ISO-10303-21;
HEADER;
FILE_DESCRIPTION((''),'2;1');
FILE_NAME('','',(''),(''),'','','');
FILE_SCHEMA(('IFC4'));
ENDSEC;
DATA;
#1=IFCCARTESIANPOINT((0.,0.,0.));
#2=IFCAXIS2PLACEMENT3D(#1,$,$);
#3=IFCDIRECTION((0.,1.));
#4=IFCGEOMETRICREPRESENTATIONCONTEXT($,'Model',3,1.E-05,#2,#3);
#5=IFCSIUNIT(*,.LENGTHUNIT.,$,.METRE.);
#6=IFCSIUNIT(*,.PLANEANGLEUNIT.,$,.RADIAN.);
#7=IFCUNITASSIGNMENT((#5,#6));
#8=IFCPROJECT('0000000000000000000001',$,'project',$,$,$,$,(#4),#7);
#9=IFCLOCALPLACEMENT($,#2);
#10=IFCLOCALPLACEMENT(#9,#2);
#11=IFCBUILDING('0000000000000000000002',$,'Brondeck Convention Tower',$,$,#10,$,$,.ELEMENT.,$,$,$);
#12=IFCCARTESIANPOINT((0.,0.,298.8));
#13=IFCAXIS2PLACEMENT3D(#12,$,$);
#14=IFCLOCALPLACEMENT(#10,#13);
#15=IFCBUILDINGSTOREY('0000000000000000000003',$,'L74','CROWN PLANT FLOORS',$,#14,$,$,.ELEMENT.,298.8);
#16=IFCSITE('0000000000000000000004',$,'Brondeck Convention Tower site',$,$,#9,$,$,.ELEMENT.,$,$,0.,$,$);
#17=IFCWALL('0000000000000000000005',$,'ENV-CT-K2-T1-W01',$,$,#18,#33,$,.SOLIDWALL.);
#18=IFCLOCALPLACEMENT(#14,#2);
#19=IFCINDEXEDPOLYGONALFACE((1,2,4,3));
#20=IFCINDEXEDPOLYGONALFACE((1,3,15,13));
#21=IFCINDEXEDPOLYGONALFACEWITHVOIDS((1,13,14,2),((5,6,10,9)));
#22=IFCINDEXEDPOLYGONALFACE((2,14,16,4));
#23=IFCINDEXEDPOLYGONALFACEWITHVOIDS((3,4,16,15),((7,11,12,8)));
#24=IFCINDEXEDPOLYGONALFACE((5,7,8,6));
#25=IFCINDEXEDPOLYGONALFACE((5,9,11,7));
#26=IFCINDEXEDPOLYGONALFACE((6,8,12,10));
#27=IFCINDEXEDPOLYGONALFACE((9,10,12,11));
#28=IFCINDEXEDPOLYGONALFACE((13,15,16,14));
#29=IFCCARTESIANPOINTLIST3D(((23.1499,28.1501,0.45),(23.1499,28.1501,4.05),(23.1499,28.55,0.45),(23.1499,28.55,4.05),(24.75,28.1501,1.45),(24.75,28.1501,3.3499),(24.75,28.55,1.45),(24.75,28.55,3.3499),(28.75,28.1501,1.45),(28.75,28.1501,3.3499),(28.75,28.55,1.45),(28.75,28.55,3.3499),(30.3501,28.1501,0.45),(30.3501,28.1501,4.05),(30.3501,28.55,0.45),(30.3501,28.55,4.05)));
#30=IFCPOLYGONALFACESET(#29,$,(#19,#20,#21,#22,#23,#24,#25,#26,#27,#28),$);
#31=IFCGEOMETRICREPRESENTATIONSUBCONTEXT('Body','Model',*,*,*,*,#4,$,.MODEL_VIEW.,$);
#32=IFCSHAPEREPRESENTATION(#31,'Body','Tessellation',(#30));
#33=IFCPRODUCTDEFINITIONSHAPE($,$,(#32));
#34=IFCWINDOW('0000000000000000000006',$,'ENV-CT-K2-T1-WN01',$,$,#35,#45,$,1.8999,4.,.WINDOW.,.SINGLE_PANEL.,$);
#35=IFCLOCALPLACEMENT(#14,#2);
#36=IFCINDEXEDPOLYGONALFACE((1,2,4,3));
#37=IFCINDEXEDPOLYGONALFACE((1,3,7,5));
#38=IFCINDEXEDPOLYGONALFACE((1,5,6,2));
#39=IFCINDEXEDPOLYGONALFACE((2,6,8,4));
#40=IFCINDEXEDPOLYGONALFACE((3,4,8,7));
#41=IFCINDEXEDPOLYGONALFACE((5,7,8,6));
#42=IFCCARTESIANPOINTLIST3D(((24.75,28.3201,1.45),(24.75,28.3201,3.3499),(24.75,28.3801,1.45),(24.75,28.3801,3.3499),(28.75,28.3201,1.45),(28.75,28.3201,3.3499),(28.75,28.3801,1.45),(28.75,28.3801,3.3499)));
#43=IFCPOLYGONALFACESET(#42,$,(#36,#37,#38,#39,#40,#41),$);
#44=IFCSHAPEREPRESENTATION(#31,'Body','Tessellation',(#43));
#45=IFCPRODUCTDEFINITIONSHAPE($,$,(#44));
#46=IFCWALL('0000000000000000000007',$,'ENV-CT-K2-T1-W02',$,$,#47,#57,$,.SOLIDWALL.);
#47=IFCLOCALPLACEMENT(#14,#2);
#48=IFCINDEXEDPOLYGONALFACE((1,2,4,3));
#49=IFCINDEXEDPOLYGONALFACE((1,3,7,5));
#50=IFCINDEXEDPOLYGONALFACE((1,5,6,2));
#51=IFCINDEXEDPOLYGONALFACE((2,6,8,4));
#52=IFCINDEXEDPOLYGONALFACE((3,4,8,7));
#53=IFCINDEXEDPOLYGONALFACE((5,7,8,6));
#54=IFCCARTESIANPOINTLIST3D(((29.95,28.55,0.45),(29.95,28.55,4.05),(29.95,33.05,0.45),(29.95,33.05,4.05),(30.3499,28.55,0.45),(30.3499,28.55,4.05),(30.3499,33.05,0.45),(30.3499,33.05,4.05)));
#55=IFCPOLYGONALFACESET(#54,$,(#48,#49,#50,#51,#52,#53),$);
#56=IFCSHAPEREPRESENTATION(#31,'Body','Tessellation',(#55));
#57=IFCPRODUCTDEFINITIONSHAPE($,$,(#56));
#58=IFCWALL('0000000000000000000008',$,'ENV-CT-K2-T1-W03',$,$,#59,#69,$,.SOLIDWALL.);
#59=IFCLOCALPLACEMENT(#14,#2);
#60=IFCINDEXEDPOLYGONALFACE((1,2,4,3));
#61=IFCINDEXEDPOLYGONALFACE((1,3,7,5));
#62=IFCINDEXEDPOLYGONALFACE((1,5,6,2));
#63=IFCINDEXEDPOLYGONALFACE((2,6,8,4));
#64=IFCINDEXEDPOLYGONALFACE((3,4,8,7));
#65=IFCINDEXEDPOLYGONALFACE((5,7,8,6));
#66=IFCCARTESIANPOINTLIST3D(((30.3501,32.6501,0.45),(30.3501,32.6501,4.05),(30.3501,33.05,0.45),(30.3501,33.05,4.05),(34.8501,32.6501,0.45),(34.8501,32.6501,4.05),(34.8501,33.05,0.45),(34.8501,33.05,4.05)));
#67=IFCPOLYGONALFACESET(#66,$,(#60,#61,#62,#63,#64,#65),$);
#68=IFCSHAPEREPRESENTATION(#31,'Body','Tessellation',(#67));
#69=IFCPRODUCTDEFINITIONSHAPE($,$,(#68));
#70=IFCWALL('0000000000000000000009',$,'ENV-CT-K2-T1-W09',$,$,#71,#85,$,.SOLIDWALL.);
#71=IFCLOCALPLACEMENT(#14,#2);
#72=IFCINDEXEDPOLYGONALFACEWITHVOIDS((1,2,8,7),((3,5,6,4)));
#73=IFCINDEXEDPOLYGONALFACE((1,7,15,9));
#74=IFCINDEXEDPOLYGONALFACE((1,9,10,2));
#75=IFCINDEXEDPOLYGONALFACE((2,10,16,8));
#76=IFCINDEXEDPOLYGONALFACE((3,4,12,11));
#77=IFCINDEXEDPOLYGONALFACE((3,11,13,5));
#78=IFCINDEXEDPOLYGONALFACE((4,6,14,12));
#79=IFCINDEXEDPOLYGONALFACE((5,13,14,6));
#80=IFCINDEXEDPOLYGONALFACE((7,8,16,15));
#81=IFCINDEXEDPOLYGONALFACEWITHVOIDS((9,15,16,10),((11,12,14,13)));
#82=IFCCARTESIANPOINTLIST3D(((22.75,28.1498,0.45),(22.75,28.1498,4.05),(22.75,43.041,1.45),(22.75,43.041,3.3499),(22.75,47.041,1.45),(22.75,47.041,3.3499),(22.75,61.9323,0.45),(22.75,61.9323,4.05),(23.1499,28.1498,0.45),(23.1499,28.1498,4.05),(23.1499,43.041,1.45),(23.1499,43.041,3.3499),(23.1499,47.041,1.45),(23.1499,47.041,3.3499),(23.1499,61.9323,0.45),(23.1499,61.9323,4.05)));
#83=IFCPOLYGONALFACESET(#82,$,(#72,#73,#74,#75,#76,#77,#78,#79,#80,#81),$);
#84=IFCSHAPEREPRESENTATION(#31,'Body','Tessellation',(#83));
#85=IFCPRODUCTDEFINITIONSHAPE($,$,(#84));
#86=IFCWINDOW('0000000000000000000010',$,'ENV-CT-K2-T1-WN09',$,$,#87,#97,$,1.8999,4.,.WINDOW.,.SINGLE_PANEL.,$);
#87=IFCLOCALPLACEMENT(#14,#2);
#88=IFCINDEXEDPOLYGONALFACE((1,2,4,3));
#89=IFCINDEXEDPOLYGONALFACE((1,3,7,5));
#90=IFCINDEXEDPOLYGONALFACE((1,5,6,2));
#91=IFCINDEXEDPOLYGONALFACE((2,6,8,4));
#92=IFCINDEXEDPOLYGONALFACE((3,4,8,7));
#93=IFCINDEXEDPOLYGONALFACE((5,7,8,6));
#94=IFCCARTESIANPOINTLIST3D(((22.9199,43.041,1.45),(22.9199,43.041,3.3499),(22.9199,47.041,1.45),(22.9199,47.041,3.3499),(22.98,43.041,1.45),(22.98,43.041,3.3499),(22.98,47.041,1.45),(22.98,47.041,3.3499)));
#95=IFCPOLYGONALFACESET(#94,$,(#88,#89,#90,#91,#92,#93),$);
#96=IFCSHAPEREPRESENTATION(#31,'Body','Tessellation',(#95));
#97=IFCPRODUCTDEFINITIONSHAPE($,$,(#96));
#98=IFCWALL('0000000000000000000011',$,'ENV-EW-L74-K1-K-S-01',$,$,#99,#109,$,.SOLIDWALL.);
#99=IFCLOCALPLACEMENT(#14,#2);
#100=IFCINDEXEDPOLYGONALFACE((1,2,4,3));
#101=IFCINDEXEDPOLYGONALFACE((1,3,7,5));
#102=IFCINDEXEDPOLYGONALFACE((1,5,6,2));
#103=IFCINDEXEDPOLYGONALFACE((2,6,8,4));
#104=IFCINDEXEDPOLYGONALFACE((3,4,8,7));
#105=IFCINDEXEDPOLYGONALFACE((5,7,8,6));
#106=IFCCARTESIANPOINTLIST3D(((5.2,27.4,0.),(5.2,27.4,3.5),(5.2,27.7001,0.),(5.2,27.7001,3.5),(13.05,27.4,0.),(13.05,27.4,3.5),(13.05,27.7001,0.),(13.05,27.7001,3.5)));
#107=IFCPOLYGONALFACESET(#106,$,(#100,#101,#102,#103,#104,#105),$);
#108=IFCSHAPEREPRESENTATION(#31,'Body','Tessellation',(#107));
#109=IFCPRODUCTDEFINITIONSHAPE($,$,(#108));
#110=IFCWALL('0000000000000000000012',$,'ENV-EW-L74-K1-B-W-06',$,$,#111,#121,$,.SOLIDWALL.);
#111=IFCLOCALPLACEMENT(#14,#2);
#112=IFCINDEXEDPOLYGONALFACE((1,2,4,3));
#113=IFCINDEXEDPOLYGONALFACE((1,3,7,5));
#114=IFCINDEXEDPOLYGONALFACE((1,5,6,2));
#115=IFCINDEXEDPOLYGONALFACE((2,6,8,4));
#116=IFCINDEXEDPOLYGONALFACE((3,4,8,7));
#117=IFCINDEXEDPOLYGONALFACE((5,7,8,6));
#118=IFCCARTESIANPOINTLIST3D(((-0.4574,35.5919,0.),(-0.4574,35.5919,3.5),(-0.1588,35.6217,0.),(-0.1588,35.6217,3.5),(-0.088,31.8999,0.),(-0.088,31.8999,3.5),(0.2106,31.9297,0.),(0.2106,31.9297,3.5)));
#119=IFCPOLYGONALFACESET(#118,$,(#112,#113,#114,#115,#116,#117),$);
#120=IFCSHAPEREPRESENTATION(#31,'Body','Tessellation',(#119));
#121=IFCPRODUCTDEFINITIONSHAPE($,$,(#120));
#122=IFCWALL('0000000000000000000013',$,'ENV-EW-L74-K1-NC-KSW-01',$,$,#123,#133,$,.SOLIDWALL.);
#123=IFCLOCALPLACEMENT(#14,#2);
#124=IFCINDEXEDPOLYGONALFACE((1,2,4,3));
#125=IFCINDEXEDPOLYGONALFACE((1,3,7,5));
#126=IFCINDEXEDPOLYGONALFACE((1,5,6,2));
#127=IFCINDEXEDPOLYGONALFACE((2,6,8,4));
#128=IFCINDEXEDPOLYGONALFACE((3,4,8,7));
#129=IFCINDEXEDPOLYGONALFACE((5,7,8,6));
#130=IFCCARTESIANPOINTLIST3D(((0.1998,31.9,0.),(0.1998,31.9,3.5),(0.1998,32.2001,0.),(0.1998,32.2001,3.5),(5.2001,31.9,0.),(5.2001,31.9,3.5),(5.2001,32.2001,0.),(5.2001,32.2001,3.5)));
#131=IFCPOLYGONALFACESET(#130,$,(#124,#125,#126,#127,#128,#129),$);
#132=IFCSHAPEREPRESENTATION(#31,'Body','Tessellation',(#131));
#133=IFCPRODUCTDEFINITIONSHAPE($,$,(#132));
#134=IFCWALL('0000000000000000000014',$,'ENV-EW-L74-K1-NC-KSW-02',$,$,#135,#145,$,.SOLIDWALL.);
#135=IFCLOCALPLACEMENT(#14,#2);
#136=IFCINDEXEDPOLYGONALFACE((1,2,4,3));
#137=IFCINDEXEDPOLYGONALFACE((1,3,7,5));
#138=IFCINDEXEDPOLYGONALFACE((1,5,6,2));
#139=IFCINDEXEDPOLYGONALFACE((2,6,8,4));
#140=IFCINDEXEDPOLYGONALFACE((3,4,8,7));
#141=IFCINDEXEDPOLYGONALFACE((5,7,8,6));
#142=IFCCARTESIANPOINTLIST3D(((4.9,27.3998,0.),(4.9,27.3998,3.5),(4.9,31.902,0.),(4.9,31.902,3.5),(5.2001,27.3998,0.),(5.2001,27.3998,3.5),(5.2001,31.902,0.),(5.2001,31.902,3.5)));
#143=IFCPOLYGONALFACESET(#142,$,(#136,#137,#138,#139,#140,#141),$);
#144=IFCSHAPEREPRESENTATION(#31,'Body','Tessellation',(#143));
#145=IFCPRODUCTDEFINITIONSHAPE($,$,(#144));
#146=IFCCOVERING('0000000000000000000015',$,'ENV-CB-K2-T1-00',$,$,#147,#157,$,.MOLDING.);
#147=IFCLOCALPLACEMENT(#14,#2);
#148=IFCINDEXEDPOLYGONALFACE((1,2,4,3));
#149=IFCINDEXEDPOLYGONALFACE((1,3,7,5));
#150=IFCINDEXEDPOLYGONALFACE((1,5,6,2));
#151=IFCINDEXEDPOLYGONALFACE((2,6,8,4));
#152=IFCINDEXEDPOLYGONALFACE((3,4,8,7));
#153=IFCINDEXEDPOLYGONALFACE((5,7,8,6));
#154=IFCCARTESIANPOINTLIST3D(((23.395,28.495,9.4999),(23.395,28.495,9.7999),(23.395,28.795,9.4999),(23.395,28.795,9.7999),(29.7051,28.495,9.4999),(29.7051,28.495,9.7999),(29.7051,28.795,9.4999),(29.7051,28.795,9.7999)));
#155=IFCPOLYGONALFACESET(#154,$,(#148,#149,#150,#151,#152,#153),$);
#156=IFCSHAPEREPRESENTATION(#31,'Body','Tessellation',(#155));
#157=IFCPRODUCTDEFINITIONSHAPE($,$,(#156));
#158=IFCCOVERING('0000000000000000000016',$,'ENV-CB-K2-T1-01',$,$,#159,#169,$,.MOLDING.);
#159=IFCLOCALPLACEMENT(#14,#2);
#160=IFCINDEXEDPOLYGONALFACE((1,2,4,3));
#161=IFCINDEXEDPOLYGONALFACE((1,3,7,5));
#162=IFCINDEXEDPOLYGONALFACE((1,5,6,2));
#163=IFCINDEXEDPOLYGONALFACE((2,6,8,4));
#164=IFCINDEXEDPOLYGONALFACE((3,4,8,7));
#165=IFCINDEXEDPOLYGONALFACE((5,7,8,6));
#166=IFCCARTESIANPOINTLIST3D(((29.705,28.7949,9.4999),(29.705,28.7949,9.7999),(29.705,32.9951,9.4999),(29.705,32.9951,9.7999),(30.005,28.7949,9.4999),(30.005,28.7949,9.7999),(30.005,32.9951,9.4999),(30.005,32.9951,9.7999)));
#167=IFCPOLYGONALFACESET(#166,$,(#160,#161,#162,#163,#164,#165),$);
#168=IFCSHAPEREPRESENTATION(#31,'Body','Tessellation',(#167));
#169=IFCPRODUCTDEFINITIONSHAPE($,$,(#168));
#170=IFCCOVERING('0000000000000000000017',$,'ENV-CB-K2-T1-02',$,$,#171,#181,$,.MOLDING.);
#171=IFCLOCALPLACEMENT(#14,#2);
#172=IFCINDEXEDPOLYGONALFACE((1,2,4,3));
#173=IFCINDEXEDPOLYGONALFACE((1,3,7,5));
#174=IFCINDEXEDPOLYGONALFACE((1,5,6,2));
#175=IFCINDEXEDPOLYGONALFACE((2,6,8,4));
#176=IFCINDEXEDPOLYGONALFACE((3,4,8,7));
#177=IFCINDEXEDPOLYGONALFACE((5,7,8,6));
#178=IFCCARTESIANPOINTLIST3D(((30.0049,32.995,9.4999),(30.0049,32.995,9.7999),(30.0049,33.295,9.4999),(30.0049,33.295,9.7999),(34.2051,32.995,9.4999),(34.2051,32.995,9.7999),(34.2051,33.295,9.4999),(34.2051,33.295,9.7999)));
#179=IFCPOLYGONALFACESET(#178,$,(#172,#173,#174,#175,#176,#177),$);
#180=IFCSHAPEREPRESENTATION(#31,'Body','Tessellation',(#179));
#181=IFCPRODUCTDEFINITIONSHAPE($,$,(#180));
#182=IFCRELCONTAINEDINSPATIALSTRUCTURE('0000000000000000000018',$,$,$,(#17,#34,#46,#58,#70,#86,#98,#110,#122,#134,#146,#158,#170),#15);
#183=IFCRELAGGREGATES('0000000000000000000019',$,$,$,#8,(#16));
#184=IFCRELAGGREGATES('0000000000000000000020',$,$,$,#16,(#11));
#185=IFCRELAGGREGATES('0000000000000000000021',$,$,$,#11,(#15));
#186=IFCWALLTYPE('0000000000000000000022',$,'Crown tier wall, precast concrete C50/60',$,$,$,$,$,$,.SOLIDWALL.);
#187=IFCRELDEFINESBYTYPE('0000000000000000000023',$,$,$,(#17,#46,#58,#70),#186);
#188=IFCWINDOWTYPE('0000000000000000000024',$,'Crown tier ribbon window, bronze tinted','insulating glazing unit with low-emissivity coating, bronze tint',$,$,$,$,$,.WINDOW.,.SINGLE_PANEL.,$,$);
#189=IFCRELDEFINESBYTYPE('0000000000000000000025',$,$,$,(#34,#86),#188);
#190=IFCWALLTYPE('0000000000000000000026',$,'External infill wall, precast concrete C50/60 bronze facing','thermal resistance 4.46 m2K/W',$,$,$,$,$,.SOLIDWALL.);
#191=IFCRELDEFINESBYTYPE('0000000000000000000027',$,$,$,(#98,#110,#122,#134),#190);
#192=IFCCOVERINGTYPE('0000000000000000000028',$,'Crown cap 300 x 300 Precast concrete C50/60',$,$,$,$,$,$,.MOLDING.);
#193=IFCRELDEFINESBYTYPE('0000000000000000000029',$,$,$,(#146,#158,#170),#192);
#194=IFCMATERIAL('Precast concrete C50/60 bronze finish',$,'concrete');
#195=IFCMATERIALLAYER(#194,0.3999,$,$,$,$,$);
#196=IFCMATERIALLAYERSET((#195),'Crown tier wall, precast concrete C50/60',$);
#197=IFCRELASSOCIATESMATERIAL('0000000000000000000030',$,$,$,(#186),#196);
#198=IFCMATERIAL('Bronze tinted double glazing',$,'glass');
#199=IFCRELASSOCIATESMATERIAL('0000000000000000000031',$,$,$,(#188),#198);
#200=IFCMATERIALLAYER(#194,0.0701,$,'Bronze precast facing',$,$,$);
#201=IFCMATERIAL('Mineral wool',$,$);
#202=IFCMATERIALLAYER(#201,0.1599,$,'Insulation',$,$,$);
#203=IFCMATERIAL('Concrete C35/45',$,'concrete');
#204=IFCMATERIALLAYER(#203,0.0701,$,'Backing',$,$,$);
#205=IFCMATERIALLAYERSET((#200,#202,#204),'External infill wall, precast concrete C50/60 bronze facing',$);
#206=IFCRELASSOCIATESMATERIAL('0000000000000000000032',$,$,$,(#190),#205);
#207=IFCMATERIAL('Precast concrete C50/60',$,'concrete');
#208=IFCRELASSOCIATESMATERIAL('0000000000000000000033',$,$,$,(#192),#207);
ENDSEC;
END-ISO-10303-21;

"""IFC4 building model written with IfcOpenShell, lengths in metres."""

from ifc_helpers import new_model, si_unit, direction, frame, frame_2d, origin, origin_2d, place, context, subcontext, project, spatial, rectangle, extrude, material, layer, layer_set, material_profile, profile_set, type_object, element, fill, save


model = new_model("IFC4")

# Units and contexts
model_context = context("Model", 3, precision=1e-05, world=origin(), true_north=direction((0.0, 1.0)))
body_context = subcontext(model_context, "Body", "Model", "MODEL_VIEW")
ifc_project = project(units=[si_unit("LENGTHUNIT", "METRE"), si_unit("PLANEANGLEUNIT", "RADIAN")], contexts=[model_context])

# Site, building, storey
site_placement = place(None, origin())
site = spatial("IfcSite", under=ifc_project, at=site_placement, Name="Brondeck Convention Tower site", CompositionType="ELEMENT", RefElevation=0.0)
building_placement = place(site_placement, origin())
building = spatial("IfcBuilding", under=site, at=building_placement, Name="Brondeck Convention Tower", CompositionType="ELEMENT")
storey_placement = place(building_placement, frame((0.0, 0.0, 298.8)))
storey = spatial("IfcBuildingStorey", under=building, at=storey_placement, Name="L74", Description="CROWN PLANT FLOORS", CompositionType="ELEMENT", Elevation=298.8)

# Shared definitions
ifc_material_1 = material(Name="Precast concrete C50/60", Category="concrete")

# Wall, opening, window
ifc_material_2 = material(Name="Precast concrete C50/60 bronze finish", Category="concrete")
ifc_layer_1 = layer(ifc_material_2, 0.3999)
ifc_layer_set_1 = layer_set([ifc_layer_1], Name="Crown tier wall, precast concrete C50/60")
wall_type_1 = type_object("IfcWallType", Name="Crown tier wall, precast concrete C50/60", PredefinedType="SOLIDWALL", material=ifc_layer_set_1)
wall_1_placement = place(storey_placement, frame((30.3501, 28.3501, 0.45), z_axis=(0.0, 0.0, 1.0), x_axis=(-1.0, 0.0, 0.0)))
wall_1 = element("IfcWall", 1, at=wall_1_placement, inside=storey, type_object=wall_type_1, Name="ENV-CT-K2-T1-W01", PredefinedType="SOLIDWALL", context=body_context, shape_type="SweptSolid", body=[
    extrude(rectangle(XDim=7.2002, YDim=0.3999, at=frame_2d((3.6001, 0.0))), origin(), (0.0, 0.0, 1.0), 3.6001),
])
opening_1_placement = place(wall_1_placement, frame((1.6001, 0.0, 1.0)))
opening_1 = element("IfcOpeningElement", 2, at=opening_1_placement, cuts=wall_1, PredefinedType="OPENING", context=body_context, shape_type="SweptSolid", body=[
    extrude(rectangle(XDim=4.0, YDim=1.8999, at=frame_2d((2.0, 0.95))), frame((0.0, 0.21, 0.0), z_axis=(0.0, -1.0, 0.0), x_axis=(1.0, 0.0, 0.0)), (0.0, 0.0, 1.0), 0.4199),
])
ifc_material_3 = material(Name="Bronze tinted double glazing", Category="glass")
window_type = type_object("IfcWindowType", Name="Crown tier ribbon window, bronze tinted", Description="insulating glazing unit with low-emissivity coating, bronze tint", PartitioningType="SINGLE_PANEL", PredefinedType="WINDOW", material=ifc_material_3)
window_1_placement = place(opening_1_placement, origin())
window_1 = element("IfcWindow", 3, at=window_1_placement, inside=storey, type_object=window_type, Name="ENV-CT-K2-T1-WN01", OverallHeight=1.8999, OverallWidth=4.0, PartitioningType="SINGLE_PANEL", PredefinedType="WINDOW", context=body_context, shape_type="SweptSolid", body=[
    extrude(rectangle(XDim=4.0, YDim=1.8999, at=frame_2d((2.0, 0.95))), frame((0.0, 0.03, 0.0), z_axis=(0.0, -1.0, 0.0), x_axis=(1.0, 0.0, 0.0)), (0.0, 0.0, 1.0), 0.0601),
])
fill(opening_1, window_1)

# Walls
for number, where, z_axis, x_axis, name in (
    (4, (30.1499, 33.05, 0.45), (0.0, 0.0, 1.0), (0.0, -1.0, 0.0), "ENV-CT-K2-T1-W02"),
    (5, (34.8501, 32.8501, 0.45), (0.0, 0.0, 1.0), (-1.0, 0.0, 0.0), "ENV-CT-K2-T1-W03"),
):
    element("IfcWall", number, at=place(storey_placement, frame(where, z_axis=z_axis, x_axis=x_axis)), inside=storey, type_object=wall_type_1, Name=name, PredefinedType="SOLIDWALL", context=body_context, shape_type="SweptSolid", body=[
        extrude(rectangle(XDim=4.5, YDim=0.3999, at=frame_2d((2.25, 0.0))), origin(), (0.0, 0.0, 1.0), 3.6001),
    ])

# Wall, opening, window
wall_2_placement = place(storey_placement, frame((22.95, 28.1499, 0.45), z_axis=(0.0, 0.0, 1.0), x_axis=(0.0, 1.0, 0.0)))
wall_2 = element("IfcWall", 6, at=wall_2_placement, inside=storey, type_object=wall_type_1, Name="ENV-CT-K2-T1-W09", PredefinedType="SOLIDWALL", context=body_context, shape_type="SweptSolid", body=[
    extrude(rectangle(XDim=33.7825, YDim=0.3999, at=frame_2d((16.8911, 0.0))), origin(), (0.0, 0.0, 1.0), 3.6001),
])
opening_2_placement = place(wall_2_placement, frame((14.8911, 0.0, 1.0)))
opening_2 = element("IfcOpeningElement", 7, at=opening_2_placement, cuts=wall_2, PredefinedType="OPENING", context=body_context, shape_type="SweptSolid", body=[
    extrude(rectangle(XDim=4.0, YDim=1.8999, at=frame_2d((2.0, 0.95))), frame((0.0, 0.21, 0.0), z_axis=(0.0, -1.0, 0.0), x_axis=(1.0, 0.0, 0.0)), (0.0, 0.0, 1.0), 0.4199),
])
window_2_placement = place(opening_2_placement, origin())
window_2 = element("IfcWindow", 8, at=window_2_placement, inside=storey, type_object=window_type, Name="ENV-CT-K2-T1-WN09", OverallHeight=1.8999, OverallWidth=4.0, PartitioningType="SINGLE_PANEL", PredefinedType="WINDOW", context=body_context, shape_type="SweptSolid", body=[
    extrude(rectangle(XDim=4.0, YDim=1.8999, at=frame_2d((2.0, 0.95))), frame((0.0, 0.03, 0.0), z_axis=(0.0, -1.0, 0.0), x_axis=(1.0, 0.0, 0.0)), (0.0, 0.0, 1.0), 0.0601),
])
fill(opening_2, window_2)

# Walls
ifc_layer_2 = layer(ifc_material_2, 0.0701, Name="Bronze precast facing")
ifc_material_4 = material(Name="Mineral wool")
ifc_layer_3 = layer(ifc_material_4, 0.1599, Name="Insulation")
ifc_material_5 = material(Name="Concrete C35/45", Category="concrete")
ifc_layer_4 = layer(ifc_material_5, 0.0701, Name="Backing")
ifc_layer_set_2 = layer_set([ifc_layer_2, ifc_layer_3, ifc_layer_4], Name="External infill wall, precast concrete C50/60 bronze facing")
wall_type_2 = type_object("IfcWallType", Name="External infill wall, precast concrete C50/60 bronze facing", Description="thermal resistance 4.46 m2K/W", PredefinedType="SOLIDWALL", material=ifc_layer_set_2)
wall_3_placement = place(storey_placement, frame((13.05, 27.55, 0.0), z_axis=(0.0, 0.0, 1.0), x_axis=(-1.0, 0.0, 0.0)))
element("IfcWall", 9, at=wall_3_placement, inside=storey, type_object=wall_type_2, Name="ENV-EW-L74-K1-K-S-01", PredefinedType="SOLIDWALL", context=body_context, shape_type="SweptSolid", body=[
    extrude(rectangle(XDim=7.8501, YDim=0.3, at=frame_2d((3.925, 0.0))), origin(), (0.0, 0.0, 1.0), 3.5),
])
wall_4_placement = place(storey_placement, frame((0.0613, 31.9148, 0.0), z_axis=(0.0, 0.0, 1.0), x_axis=(-0.099549, 0.995033, 0.0)))
element("IfcWall", 10, at=wall_4_placement, inside=storey, type_object=wall_type_2, Name="ENV-EW-L74-K1-B-W-06", PredefinedType="SOLIDWALL", context=body_context, shape_type="SweptSolid", body=[
    extrude(rectangle(XDim=3.7104, YDim=0.3, at=frame_2d((1.8552, 0.0))), origin(), (0.0, 0.0, 1.0), 3.5),
])
wall_5_placement = place(storey_placement, frame((5.2, 32.05, 0.0), z_axis=(0.0, 0.0, 1.0), x_axis=(-1.0, 0.0, 0.0)))
element("IfcWall", 11, at=wall_5_placement, inside=storey, type_object=wall_type_2, Name="ENV-EW-L74-K1-NC-KSW-01", PredefinedType="SOLIDWALL", context=body_context, shape_type="SweptSolid", body=[
    extrude(rectangle(XDim=5.0002, YDim=0.3, at=frame_2d((2.5, 0.0))), origin(), (0.0, 0.0, 1.0), 3.5),
])
wall_6_placement = place(storey_placement, frame((5.05, 27.3999, 0.0), z_axis=(0.0, 0.0, 1.0), x_axis=(0.0, 1.0, 0.0)))
element("IfcWall", 12, at=wall_6_placement, inside=storey, type_object=wall_type_2, Name="ENV-EW-L74-K1-NC-KSW-02", PredefinedType="SOLIDWALL", context=body_context, shape_type="SweptSolid", body=[
    extrude(rectangle(XDim=4.5022, YDim=0.3, at=frame_2d((2.251, 0.0))), origin(), (0.0, 0.0, 1.0), 3.5),
])

# Coverings
ifc_material_profile_1 = material_profile(ifc_material_1, rectangle(XDim=0.3, YDim=0.3, at=origin_2d()), Name="Crown cap 300 x 300 Precast concrete C50/60")
ifc_profile_set_1 = profile_set([ifc_material_profile_1], Name="Precast concrete C50/60")
covering_type_1 = type_object("IfcCoveringType", Name="Crown cap 300 x 300 Precast concrete C50/60", PredefinedType="MOLDING", material=ifc_profile_set_1)
covering_1_placement = place(storey_placement, frame((23.395, 28.645, 9.6499), z_axis=(1.0, 0.0, 0.0), x_axis=(0.0, 1.0, 0.0)))
element("IfcCovering", 13, at=covering_1_placement, inside=storey, type_object=covering_type_1, Name="ENV-CB-K2-T1-00", PredefinedType="MOLDING", context=body_context, shape_type="SweptSolid", body=[
    extrude(rectangle(XDim=0.3, YDim=0.3, at=origin_2d()), origin(), (0.0, 0.0, 1.0), 6.3101),
])
for number, where, z_axis, x_axis, name in (
    (14, (29.855, 28.7949, 9.6499), (0.0, 1.0, 0.0), (-1.0, 0.0, 0.0), "ENV-CB-K2-T1-01"),
    (15, (30.0049, 33.145, 9.6499), (1.0, 0.0, 0.0), (0.0, 1.0, 0.0), "ENV-CB-K2-T1-02"),
):
    element("IfcCovering", number, at=place(storey_placement, frame(where, z_axis=z_axis, x_axis=x_axis)), inside=storey, type_object=covering_type_1, Name=name, PredefinedType="MOLDING", context=body_context, shape_type="SweptSolid", body=[
        extrude(rectangle(XDim=0.3, YDim=0.3, at=origin_2d()), origin(), (0.0, 0.0, 1.0), 4.2002),
    ])

save(model, "model.ifc")
